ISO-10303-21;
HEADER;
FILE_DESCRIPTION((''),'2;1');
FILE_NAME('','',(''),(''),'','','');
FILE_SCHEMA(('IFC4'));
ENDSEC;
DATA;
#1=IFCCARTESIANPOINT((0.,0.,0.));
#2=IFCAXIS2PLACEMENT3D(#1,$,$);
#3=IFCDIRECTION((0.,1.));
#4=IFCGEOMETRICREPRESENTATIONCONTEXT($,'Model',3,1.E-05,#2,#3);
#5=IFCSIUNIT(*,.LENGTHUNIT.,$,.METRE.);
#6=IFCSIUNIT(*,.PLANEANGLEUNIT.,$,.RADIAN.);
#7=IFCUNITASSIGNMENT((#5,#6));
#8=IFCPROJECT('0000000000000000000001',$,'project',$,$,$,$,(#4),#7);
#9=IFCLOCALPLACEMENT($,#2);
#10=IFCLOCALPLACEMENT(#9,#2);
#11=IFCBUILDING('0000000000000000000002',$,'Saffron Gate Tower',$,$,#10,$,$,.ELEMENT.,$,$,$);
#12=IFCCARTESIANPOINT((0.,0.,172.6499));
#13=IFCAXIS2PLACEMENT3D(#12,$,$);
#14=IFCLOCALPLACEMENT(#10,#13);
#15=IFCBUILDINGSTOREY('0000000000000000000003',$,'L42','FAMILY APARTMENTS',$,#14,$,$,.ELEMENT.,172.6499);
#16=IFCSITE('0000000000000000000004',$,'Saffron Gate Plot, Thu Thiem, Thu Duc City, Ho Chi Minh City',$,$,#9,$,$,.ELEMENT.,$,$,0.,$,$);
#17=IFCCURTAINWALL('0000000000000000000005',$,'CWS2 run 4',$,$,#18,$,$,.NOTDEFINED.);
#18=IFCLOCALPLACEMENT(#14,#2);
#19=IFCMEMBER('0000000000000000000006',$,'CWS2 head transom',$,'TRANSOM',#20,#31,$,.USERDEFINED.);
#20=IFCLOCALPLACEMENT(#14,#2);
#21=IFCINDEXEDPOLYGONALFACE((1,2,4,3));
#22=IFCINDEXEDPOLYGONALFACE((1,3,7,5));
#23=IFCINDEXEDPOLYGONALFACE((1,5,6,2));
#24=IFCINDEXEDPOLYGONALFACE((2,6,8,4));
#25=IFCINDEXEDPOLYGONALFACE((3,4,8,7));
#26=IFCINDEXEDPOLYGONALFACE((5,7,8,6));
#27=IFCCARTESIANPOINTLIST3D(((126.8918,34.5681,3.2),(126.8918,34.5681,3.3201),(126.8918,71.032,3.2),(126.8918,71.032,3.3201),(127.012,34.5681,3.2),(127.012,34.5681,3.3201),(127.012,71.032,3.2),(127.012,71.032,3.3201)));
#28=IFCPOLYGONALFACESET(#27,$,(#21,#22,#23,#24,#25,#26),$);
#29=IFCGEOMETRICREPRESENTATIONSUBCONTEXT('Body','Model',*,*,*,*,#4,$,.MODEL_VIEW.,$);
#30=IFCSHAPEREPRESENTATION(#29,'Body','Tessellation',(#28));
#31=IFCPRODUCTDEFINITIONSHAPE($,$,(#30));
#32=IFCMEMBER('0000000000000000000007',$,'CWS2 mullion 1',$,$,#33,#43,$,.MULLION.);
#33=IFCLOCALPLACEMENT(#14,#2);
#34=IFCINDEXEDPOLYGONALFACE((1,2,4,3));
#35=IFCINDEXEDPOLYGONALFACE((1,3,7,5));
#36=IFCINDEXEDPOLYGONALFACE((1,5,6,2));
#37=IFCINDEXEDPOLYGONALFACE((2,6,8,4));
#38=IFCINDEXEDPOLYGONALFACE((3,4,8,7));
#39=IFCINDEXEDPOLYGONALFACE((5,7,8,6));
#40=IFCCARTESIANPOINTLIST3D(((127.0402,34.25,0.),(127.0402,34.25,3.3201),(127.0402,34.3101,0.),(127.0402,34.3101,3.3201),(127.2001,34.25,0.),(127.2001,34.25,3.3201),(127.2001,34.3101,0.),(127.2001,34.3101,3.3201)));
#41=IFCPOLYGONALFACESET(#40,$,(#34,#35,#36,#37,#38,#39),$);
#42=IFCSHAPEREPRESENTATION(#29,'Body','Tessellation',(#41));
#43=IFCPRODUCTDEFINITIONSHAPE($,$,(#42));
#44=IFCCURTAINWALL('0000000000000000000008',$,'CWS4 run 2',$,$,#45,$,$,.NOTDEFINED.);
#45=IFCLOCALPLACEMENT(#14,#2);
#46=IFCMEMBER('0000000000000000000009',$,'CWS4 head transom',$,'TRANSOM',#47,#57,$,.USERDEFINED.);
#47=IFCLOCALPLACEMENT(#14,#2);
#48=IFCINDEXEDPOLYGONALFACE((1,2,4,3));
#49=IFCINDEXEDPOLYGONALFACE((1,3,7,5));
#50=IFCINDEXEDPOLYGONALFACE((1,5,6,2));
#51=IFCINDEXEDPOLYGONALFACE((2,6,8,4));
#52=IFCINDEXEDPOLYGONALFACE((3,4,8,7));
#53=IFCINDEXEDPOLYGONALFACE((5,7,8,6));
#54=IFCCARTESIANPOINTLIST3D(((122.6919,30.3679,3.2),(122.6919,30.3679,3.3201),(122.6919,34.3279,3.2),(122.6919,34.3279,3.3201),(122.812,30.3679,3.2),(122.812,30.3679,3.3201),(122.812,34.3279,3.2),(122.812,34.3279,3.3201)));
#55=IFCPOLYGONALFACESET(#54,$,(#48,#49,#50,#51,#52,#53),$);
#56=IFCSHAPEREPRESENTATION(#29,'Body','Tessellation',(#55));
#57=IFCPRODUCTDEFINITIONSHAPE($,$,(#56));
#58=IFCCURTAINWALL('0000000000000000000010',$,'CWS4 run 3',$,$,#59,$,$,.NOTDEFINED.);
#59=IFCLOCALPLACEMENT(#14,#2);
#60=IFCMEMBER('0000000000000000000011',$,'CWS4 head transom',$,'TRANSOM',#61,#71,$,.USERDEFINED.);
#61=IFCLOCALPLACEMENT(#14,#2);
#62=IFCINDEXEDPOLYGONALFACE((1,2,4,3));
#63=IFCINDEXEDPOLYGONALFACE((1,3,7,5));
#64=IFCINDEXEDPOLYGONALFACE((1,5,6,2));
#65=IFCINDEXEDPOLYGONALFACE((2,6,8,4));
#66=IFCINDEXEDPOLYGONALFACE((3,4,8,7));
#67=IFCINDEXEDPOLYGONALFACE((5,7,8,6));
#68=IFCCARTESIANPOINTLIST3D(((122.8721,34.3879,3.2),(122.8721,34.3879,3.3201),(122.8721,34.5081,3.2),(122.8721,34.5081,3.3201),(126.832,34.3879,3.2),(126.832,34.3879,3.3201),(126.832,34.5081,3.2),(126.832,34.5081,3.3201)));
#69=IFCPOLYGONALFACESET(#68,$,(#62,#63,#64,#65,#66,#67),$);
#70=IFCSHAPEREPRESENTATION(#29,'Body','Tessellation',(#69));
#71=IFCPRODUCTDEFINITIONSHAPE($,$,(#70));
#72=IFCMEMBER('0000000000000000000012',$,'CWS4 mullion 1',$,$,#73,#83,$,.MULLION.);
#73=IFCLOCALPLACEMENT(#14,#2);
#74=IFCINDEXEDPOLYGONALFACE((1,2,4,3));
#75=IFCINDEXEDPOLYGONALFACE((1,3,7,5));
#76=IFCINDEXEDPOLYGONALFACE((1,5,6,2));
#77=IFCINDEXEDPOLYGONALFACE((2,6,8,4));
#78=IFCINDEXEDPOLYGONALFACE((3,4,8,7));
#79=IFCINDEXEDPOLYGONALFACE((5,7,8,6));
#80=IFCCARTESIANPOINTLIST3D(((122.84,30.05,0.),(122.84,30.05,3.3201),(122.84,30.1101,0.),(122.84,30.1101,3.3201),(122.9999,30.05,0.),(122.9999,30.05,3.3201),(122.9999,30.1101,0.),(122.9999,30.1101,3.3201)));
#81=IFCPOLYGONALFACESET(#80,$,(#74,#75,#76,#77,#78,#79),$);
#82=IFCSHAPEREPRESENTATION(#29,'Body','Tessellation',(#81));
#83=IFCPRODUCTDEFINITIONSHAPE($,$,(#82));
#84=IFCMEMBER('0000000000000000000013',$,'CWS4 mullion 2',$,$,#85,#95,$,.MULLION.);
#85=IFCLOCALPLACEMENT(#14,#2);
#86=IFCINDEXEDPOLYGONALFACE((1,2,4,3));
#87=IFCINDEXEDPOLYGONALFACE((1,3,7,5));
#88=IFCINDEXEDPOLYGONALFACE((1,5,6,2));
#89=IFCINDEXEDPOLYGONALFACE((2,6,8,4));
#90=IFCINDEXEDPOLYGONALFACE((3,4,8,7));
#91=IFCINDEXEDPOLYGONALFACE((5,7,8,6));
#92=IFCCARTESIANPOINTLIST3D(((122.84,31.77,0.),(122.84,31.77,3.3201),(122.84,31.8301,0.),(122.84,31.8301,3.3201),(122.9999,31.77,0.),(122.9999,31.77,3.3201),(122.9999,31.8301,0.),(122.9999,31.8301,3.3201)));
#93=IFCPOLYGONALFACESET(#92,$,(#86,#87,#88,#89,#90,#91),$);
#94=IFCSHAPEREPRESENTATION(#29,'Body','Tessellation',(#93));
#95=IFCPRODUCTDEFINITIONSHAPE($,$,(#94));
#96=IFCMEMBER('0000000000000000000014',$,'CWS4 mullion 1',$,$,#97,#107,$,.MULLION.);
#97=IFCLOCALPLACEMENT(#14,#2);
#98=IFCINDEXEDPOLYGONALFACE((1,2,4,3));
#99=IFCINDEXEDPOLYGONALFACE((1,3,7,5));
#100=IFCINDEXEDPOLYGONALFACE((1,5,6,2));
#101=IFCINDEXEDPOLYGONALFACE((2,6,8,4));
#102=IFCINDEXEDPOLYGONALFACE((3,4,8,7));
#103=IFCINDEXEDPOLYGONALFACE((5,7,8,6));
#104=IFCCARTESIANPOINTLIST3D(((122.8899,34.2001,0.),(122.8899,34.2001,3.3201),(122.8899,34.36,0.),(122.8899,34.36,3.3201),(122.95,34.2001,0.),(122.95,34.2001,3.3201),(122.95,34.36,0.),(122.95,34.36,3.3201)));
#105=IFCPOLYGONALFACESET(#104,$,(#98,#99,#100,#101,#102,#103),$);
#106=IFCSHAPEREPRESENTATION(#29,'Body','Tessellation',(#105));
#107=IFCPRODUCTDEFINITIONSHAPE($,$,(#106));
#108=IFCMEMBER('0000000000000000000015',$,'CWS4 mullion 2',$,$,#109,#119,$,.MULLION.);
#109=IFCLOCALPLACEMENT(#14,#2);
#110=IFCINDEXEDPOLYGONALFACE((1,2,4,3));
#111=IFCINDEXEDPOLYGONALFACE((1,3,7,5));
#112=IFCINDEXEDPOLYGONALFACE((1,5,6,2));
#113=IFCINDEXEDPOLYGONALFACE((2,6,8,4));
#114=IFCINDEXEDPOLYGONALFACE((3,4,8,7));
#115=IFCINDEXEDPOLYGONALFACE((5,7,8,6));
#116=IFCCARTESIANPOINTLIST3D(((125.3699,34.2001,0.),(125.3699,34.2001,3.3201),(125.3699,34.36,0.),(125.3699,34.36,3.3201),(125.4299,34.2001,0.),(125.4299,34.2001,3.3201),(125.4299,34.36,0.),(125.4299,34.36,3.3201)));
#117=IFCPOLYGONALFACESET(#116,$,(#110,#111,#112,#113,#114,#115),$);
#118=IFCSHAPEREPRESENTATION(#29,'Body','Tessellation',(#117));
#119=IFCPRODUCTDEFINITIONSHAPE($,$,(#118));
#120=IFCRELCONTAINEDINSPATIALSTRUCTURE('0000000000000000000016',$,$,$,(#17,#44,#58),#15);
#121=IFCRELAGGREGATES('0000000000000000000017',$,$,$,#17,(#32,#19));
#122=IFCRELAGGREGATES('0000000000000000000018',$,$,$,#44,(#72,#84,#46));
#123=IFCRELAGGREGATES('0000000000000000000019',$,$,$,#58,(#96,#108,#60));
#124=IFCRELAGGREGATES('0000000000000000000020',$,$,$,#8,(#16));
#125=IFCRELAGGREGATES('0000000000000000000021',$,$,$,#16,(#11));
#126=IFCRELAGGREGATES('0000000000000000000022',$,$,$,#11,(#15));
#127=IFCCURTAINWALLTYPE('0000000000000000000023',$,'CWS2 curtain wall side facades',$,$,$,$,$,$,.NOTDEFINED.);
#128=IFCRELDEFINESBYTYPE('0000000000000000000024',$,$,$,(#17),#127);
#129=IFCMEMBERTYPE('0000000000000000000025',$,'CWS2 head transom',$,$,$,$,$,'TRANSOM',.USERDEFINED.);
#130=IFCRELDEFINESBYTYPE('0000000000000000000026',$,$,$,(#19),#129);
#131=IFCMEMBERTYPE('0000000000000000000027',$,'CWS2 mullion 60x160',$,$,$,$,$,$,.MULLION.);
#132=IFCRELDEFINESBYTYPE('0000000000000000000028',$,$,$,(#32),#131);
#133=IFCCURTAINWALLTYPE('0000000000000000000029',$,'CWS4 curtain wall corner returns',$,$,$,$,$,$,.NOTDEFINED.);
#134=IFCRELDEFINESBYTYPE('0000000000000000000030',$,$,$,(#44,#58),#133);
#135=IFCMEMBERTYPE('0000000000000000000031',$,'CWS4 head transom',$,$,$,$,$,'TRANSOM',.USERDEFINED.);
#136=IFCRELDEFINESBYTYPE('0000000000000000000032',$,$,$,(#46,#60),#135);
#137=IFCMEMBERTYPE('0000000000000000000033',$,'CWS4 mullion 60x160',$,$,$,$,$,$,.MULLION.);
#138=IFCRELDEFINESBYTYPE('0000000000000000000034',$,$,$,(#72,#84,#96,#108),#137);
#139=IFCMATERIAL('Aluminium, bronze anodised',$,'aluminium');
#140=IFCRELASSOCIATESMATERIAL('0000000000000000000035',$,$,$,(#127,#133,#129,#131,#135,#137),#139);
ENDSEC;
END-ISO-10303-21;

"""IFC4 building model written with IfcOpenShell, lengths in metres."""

from ifc_helpers import new_model, si_unit, direction, frame, origin, origin_2d, place, context, subcontext, project, spatial, rectangle, extrude, material, material_profile, profile_set, type_object, element, aggregate, save


model = new_model("IFC4")

# Units and contexts
model_context = context("Model", 3, precision=1e-05, world=origin(), true_north=direction((0.0, 1.0)))
body_context = subcontext(model_context, "Body", "Model", "MODEL_VIEW")
ifc_project = project(units=[si_unit("LENGTHUNIT", "METRE"), si_unit("PLANEANGLEUNIT", "RADIAN")], contexts=[model_context])

# Site, building, storey
site_placement = place(None, origin())
site = spatial("IfcSite", under=ifc_project, at=site_placement, Name="Saffron Gate Plot, Thu Thiem, Thu Duc City, Ho Chi Minh City", CompositionType="ELEMENT", RefElevation=0.0)
building_placement = place(site_placement, origin())
building = spatial("IfcBuilding", under=site, at=building_placement, Name="Saffron Gate Tower", CompositionType="ELEMENT")
storey_placement = place(building_placement, frame((0.0, 0.0, 172.6499)))
storey = spatial("IfcBuildingStorey", under=building, at=storey_placement, Name="L42", Description="FAMILY APARTMENTS", CompositionType="ELEMENT", Elevation=172.6499)

# Curtain wall, members
ifc_material_1 = material(Name="Aluminium, bronze anodised", Category="aluminium")
curtain_wall_type_1 = type_object("IfcCurtainWallType", Name="CWS2 curtain wall side facades", PredefinedType="NOTDEFINED", material=ifc_material_1)
curtain_wall_1_placement = place(storey_placement, origin())
curtain_wall_1 = element("IfcCurtainWall", 1, at=curtain_wall_1_placement, inside=storey, type_object=curtain_wall_type_1, Name="CWS2 run 4", PredefinedType="NOTDEFINED")
ifc_material_profile_1 = material_profile(ifc_material_1, rectangle(XDim=0.1201, YDim=0.1201, at=origin_2d()))
ifc_profile_set_1 = profile_set([ifc_material_profile_1], Name="Aluminium, bronze anodised")
member_type_1 = type_object("IfcMemberType", Name="CWS2 head transom", ElementType="TRANSOM", PredefinedType="USERDEFINED", material=ifc_profile_set_1)
member_1_placement = place(storey_placement, frame((126.9519, 34.5681, 3.26), z_axis=(0.0, 1.0, 0.0), x_axis=(-1.0, 0.0, 0.0)))
member_1 = element("IfcMember", 2, at=member_1_placement, type_object=member_type_1, Name="CWS2 head transom", ObjectType="TRANSOM", PredefinedType="USERDEFINED", context=body_context, shape_type="SweptSolid", body=[
    extrude(rectangle(XDim=0.1201, YDim=0.1201, at=origin_2d()), origin(), (0.0, 0.0, 1.0), 36.4639),
])
ifc_material_profile_2 = material_profile(ifc_material_1, rectangle(XDim=0.1599, YDim=0.0601, at=origin_2d()))
ifc_profile_set_2 = profile_set([ifc_material_profile_2], Name="Aluminium, bronze anodised")
member_type_2 = type_object("IfcMemberType", Name="CWS2 mullion 60x160", PredefinedType="MULLION", material=ifc_profile_set_2)
member_2_placement = place(storey_placement, frame((127.1201, 34.28, 0.0), z_axis=(0.0, 0.0, 1.0), x_axis=(-1.0, 0.0, 0.0)))
member_2 = element("IfcMember", 3, at=member_2_placement, type_object=member_type_2, Name="CWS2 mullion 1", PredefinedType="MULLION", context=body_context, shape_type="SweptSolid", body=[
    extrude(rectangle(XDim=0.1599, YDim=0.0601, at=origin_2d()), origin(), (0.0, 0.0, 1.0), 3.3201),
])

# Curtain walls, members
curtain_wall_type_2 = type_object("IfcCurtainWallType", Name="CWS4 curtain wall corner returns", PredefinedType="NOTDEFINED", material=ifc_material_1)
curtain_wall_2_placement = place(storey_placement, origin())
curtain_wall_2 = element("IfcCurtainWall", 4, at=curtain_wall_2_placement, inside=storey, type_object=curtain_wall_type_2, Name="CWS4 run 2", PredefinedType="NOTDEFINED")
ifc_material_profile_3 = material_profile(ifc_material_1, rectangle(XDim=0.1201, YDim=0.1201, at=origin_2d()))
ifc_profile_set_3 = profile_set([ifc_material_profile_3], Name="Aluminium, bronze anodised")
member_type_3 = type_object("IfcMemberType", Name="CWS4 head transom", ElementType="TRANSOM", PredefinedType="USERDEFINED", material=ifc_profile_set_3)
member_3_placement = place(storey_placement, frame((122.752, 30.3679, 3.26), z_axis=(0.0, 1.0, 0.0), x_axis=(-1.0, 0.0, 0.0)))
member_3 = element("IfcMember", 5, at=member_3_placement, type_object=member_type_3, Name="CWS4 head transom", ObjectType="TRANSOM", PredefinedType="USERDEFINED", context=body_context, shape_type="SweptSolid", body=[
    extrude(rectangle(XDim=0.1201, YDim=0.1201, at=origin_2d()), origin(), (0.0, 0.0, 1.0), 3.96),
])
curtain_wall_3_placement = place(storey_placement, origin())
curtain_wall_3 = element("IfcCurtainWall", 6, at=curtain_wall_3_placement, inside=storey, type_object=curtain_wall_type_2, Name="CWS4 run 3", PredefinedType="NOTDEFINED")
member_4_placement = place(storey_placement, frame((122.8721, 34.448, 3.26), z_axis=(1.0, 0.0, 0.0), x_axis=(0.0, 1.0, 0.0)))
member_4 = element("IfcMember", 7, at=member_4_placement, type_object=member_type_3, Name="CWS4 head transom", ObjectType="TRANSOM", PredefinedType="USERDEFINED", context=body_context, shape_type="SweptSolid", body=[
    extrude(rectangle(XDim=0.1201, YDim=0.1201, at=origin_2d()), origin(), (0.0, 0.0, 1.0), 3.96),
])

# Members
ifc_material_profile_4 = material_profile(ifc_material_1, rectangle(XDim=0.1599, YDim=0.0601, at=origin_2d()))
ifc_profile_set_4 = profile_set([ifc_material_profile_4], Name="Aluminium, bronze anodised")
member_type_4 = type_object("IfcMemberType", Name="CWS4 mullion 60x160", PredefinedType="MULLION", material=ifc_profile_set_4)
member_5_placement = place(storey_placement, frame((122.9199, 30.0801, 0.0), z_axis=(0.0, 0.0, 1.0), x_axis=(-1.0, 0.0, 0.0)))
member_5 = element("IfcMember", 8, at=member_5_placement, type_object=member_type_4, Name="CWS4 mullion 1", PredefinedType="MULLION", context=body_context, shape_type="SweptSolid", body=[
    extrude(rectangle(XDim=0.1599, YDim=0.0601, at=origin_2d()), origin(), (0.0, 0.0, 1.0), 3.3201),
])
member_6_placement = place(storey_placement, frame((122.9199, 31.8, 0.0), z_axis=(0.0, 0.0, 1.0), x_axis=(-1.0, 0.0, 0.0)))
member_6 = element("IfcMember", 9, at=member_6_placement, type_object=member_type_4, Name="CWS4 mullion 2", PredefinedType="MULLION", context=body_context, shape_type="SweptSolid", body=[
    extrude(rectangle(XDim=0.1599, YDim=0.0601, at=origin_2d()), origin(), (0.0, 0.0, 1.0), 3.3201),
])
member_7_placement = place(storey_placement, frame((122.9199, 34.28, 0.0), z_axis=(0.0, 0.0, 1.0), x_axis=(0.0, 1.0, 0.0)))
member_7 = element("IfcMember", 10, at=member_7_placement, type_object=member_type_4, Name="CWS4 mullion 1", PredefinedType="MULLION", context=body_context, shape_type="SweptSolid", body=[
    extrude(rectangle(XDim=0.1599, YDim=0.0601, at=origin_2d()), origin(), (0.0, 0.0, 1.0), 3.3201),
])
member_8_placement = place(storey_placement, frame((125.3999, 34.28, 0.0), z_axis=(0.0, 0.0, 1.0), x_axis=(0.0, 1.0, 0.0)))
member_8 = element("IfcMember", 11, at=member_8_placement, type_object=member_type_4, Name="CWS4 mullion 2", PredefinedType="MULLION", context=body_context, shape_type="SweptSolid", body=[
    extrude(rectangle(XDim=0.1599, YDim=0.0601, at=origin_2d()), origin(), (0.0, 0.0, 1.0), 3.3201),
])

aggregate(curtain_wall_1, [member_2, member_1])

aggregate(curtain_wall_2, [member_5, member_6, member_3])
aggregate(curtain_wall_3, [member_7, member_8, member_4])

save(model, "model.ifc")
